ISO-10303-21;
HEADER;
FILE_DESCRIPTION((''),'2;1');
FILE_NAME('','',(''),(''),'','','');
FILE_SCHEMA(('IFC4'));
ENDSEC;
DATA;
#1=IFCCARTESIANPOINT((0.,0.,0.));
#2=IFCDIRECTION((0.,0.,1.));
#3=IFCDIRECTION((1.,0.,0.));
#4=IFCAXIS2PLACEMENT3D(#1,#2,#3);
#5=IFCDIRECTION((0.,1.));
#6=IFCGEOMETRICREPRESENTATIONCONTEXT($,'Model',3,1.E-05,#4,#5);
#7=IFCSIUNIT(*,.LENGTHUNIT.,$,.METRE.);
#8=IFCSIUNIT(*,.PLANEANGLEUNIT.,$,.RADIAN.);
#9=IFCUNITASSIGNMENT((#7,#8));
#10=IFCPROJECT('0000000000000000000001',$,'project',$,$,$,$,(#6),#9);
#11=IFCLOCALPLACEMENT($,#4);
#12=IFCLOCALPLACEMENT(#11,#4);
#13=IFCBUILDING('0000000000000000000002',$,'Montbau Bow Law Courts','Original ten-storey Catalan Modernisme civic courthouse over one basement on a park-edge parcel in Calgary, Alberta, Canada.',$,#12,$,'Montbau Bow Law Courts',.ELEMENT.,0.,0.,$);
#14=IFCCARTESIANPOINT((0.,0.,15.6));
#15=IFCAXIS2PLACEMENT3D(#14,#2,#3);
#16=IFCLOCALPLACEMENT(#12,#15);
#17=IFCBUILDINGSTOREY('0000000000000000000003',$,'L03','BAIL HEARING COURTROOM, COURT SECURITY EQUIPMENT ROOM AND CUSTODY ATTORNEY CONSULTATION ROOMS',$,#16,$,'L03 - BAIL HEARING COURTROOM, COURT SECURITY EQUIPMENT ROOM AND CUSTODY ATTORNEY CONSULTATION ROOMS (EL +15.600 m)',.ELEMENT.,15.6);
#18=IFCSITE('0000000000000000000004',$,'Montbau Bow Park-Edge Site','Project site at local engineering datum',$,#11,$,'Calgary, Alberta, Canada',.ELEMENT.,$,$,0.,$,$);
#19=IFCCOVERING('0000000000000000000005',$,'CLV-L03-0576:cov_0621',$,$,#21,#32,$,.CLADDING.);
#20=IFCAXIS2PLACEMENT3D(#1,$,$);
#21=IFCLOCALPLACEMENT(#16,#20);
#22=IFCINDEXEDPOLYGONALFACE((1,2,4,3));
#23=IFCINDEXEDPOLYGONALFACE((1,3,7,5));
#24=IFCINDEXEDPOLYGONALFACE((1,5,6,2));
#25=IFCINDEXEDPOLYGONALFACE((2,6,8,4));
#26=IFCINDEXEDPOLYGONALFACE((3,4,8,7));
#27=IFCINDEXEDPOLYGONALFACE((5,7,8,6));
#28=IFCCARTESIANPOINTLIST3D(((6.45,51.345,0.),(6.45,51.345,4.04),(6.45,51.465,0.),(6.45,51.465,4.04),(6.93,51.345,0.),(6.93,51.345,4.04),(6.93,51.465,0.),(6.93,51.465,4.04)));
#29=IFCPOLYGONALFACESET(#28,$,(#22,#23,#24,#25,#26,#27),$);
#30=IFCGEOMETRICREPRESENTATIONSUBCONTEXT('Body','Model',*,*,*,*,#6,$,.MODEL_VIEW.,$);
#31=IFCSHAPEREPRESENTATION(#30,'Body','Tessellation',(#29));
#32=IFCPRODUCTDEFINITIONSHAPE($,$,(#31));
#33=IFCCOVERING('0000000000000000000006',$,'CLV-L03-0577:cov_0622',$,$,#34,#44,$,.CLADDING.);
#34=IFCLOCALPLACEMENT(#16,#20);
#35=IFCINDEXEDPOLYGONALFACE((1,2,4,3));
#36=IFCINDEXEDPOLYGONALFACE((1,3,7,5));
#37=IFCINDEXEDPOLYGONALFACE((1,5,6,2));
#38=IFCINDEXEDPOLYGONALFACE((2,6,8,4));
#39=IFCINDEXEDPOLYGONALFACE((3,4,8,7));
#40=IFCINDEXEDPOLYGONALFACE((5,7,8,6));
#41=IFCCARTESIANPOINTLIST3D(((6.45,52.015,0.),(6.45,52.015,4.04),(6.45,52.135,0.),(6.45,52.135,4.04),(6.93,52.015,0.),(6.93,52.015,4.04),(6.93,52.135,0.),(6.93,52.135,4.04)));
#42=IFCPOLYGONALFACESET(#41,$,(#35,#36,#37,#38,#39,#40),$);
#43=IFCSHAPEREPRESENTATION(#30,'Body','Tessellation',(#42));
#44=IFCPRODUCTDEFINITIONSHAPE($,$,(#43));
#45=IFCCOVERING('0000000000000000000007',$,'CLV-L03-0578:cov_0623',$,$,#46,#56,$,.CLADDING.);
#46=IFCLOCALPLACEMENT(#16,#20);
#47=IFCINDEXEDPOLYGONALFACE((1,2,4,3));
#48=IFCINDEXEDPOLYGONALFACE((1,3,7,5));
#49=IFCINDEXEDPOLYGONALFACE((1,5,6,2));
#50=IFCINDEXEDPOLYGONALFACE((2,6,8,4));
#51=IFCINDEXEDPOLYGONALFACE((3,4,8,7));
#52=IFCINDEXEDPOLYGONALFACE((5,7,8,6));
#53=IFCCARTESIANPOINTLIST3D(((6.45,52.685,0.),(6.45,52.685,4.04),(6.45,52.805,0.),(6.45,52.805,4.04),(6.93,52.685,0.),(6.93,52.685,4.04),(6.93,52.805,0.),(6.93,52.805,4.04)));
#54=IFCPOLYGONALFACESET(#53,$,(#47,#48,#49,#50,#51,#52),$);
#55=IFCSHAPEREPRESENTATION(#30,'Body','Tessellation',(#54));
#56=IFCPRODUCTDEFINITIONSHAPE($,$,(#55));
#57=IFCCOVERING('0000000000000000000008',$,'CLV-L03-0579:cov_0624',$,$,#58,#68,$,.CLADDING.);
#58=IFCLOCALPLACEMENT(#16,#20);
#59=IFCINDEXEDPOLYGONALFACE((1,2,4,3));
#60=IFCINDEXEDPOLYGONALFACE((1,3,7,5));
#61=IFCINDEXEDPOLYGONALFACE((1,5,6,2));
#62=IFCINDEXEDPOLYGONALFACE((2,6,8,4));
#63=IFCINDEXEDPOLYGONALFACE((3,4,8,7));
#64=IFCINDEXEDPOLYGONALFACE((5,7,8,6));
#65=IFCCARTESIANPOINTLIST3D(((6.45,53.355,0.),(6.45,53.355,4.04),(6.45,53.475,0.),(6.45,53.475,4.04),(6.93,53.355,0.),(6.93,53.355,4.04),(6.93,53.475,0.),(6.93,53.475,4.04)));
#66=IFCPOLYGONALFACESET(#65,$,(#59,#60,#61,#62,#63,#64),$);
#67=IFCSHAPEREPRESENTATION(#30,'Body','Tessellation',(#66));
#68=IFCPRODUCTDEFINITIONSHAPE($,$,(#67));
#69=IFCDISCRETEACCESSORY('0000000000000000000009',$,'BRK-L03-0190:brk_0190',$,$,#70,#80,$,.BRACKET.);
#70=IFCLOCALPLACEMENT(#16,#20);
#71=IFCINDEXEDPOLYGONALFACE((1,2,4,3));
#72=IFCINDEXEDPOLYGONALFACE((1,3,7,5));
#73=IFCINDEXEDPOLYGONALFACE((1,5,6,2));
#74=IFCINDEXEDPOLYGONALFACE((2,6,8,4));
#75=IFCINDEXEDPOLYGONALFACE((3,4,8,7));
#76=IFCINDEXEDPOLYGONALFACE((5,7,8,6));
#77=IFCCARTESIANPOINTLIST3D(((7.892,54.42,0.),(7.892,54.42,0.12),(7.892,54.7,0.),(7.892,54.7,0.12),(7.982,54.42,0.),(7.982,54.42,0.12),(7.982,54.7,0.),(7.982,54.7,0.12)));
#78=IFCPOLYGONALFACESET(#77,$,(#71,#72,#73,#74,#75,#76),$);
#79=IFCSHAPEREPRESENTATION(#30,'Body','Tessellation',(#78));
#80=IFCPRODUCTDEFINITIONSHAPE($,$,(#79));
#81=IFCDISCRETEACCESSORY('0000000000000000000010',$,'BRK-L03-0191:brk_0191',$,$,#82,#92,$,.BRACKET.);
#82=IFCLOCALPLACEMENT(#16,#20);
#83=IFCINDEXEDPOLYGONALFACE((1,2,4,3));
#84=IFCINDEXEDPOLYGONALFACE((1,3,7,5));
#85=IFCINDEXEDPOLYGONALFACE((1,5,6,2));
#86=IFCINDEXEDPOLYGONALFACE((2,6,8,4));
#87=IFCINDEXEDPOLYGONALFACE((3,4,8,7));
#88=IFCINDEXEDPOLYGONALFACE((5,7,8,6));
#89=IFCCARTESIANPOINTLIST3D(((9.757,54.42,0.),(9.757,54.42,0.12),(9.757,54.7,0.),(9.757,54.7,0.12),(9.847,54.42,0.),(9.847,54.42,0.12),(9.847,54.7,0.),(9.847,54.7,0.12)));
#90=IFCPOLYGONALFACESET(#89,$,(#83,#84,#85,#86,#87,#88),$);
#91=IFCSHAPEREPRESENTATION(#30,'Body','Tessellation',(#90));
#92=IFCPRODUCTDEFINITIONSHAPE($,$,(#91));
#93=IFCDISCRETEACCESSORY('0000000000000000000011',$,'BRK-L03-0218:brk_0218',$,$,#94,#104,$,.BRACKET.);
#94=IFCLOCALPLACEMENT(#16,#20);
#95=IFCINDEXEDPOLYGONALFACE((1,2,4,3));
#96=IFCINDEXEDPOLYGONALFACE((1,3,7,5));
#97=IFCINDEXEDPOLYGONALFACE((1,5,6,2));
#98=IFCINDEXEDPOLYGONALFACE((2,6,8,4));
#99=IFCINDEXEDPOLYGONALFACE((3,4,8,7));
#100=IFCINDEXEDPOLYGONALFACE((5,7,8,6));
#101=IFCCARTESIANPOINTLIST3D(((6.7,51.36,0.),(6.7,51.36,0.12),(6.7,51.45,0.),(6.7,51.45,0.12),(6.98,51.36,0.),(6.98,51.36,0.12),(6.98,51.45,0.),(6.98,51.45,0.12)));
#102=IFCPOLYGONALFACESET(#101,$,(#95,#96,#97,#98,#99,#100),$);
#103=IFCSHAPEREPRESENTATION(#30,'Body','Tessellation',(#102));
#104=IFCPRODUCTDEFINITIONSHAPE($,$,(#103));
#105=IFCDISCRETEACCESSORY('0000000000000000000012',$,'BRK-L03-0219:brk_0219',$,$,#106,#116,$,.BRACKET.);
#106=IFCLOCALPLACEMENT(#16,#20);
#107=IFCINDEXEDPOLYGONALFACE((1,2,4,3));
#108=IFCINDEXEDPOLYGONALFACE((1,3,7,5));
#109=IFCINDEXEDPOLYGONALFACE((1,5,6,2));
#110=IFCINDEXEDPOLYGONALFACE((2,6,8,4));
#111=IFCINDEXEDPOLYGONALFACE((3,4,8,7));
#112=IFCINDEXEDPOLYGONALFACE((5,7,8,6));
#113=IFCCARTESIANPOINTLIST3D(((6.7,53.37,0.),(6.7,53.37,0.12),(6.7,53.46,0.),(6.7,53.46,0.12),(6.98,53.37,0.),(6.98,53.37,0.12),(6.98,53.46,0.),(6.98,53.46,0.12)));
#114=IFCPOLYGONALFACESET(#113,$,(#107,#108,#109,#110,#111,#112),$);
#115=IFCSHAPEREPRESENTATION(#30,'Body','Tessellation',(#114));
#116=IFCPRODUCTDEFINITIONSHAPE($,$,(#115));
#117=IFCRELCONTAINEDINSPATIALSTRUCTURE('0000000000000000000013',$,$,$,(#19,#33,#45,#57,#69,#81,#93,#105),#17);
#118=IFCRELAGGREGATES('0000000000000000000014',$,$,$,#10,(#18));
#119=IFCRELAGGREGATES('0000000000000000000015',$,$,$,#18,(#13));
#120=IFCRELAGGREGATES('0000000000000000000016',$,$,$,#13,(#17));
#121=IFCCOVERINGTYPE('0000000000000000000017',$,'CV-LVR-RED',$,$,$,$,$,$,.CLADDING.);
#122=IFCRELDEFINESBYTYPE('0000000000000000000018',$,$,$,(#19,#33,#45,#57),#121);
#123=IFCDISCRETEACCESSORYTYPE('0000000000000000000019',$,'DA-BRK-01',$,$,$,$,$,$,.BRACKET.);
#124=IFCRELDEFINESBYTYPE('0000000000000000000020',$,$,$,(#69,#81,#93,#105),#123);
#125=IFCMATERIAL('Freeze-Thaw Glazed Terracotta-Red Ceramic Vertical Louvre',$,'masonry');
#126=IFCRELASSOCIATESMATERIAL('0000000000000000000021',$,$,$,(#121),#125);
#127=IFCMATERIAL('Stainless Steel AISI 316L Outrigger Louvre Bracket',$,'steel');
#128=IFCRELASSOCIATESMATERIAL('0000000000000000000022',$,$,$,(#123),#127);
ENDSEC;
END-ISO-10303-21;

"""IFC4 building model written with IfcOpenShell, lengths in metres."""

from ifc_helpers import new_model, si_unit, direction, frame, frame_2d, origin_with_axes, origin_2d_with_axis, place, context, subcontext, project, spatial, rectangle, extrude, material, type_object, element, save


model = new_model("IFC4")

# Units and contexts
model_context = context("Model", 3, precision=1e-05, world=origin_with_axes(), true_north=direction((0.0, 1.0)))
body_context = subcontext(model_context, "Body", "Model", "MODEL_VIEW")
ifc_project = project(units=[si_unit("LENGTHUNIT", "METRE"), si_unit("PLANEANGLEUNIT", "RADIAN")], contexts=[model_context])

# Site, building, storey
site_placement = place(None, origin_with_axes())
site = spatial("IfcSite", under=ifc_project, at=site_placement, Name="Montbau Bow Park-Edge Site", Description="Project site at local engineering datum", LongName="Calgary, Alberta, Canada", CompositionType="ELEMENT", RefElevation=0.0)
building_placement = place(site_placement, origin_with_axes())
building = spatial("IfcBuilding", under=site, at=building_placement, Name="Montbau Bow Law Courts", Description="Original ten-storey Catalan Modernisme civic courthouse over one basement on a park-edge parcel in Calgary, Alberta, Canada.", LongName="Montbau Bow Law Courts", CompositionType="ELEMENT", ElevationOfRefHeight=0.0, ElevationOfTerrain=0.0)
storey_placement = place(building_placement, frame((0.0, 0.0, 15.6), z_axis=(0.0, 0.0, 1.0), x_axis=(1.0, 0.0, 0.0)))
storey = spatial("IfcBuildingStorey", under=building, at=storey_placement, Name="L03", Description="BAIL HEARING COURTROOM, COURT SECURITY EQUIPMENT ROOM AND CUSTODY ATTORNEY CONSULTATION ROOMS", LongName="L03 - BAIL HEARING COURTROOM, COURT SECURITY EQUIPMENT ROOM AND CUSTODY ATTORNEY CONSULTATION ROOMS (EL +15.600 m)", CompositionType="ELEMENT", Elevation=15.6)

# Coverings
ifc_material_1 = material(Name="Freeze-Thaw Glazed Terracotta-Red Ceramic Vertical Louvre", Category="masonry")
covering_type = type_object("IfcCoveringType", Name="CV-LVR-RED", PredefinedType="CLADDING", material=ifc_material_1)
for number, where, z_axis, x_axis, name in (
    (1, (6.93, 51.405, 15.6), (0.0, 1.0, 0.0), (-1.0, 0.0, 0.0), "CLV-L03-0576:cov_0621"),
    (2, (6.93, 52.075, 15.6), (0.0, 1.0, 0.0), (-1.0, 0.0, 0.0), "CLV-L03-0577:cov_0622"),
    (3, (6.93, 52.745, 15.6), (0.0, 1.0, 0.0), (-1.0, 0.0, 0.0), "CLV-L03-0578:cov_0623"),
    (4, (6.93, 53.415, 15.6), (0.0, 1.0, 0.0), (-1.0, 0.0, 0.0), "CLV-L03-0579:cov_0624"),
):
    element("IfcCovering", number, at=place(None, frame(where, z_axis=z_axis, x_axis=x_axis)), inside=storey, type_object=covering_type, Name=name, PredefinedType="CLADDING", context=body_context, shape_type="SweptSolid", body=[
        extrude(rectangle(XDim=0.48, YDim=4.04, at=frame_2d((0.24, 2.02), x_axis=(1.0, 0.0))), frame((0.0, 0.0, -0.06), z_axis=(0.0, 0.0, 1.0), x_axis=(1.0, 0.0, 0.0)), (0.0, 0.0, 1.0), 0.12),
    ])

# Discrete accessories
ifc_material_2 = material(Name="Stainless Steel AISI 316L Outrigger Louvre Bracket", Category="steel")
discrete_accessory_type = type_object("IfcDiscreteAccessoryType", Name="DA-BRK-01", PredefinedType="BRACKET", material=ifc_material_2)
for number, where, z_axis, x_axis, name in (
    (5, (7.937, 54.56, 15.6), (0.0, 0.0, 1.0), (0.0, 1.0, 0.0), "BRK-L03-0190:brk_0190"),
    (6, (9.802, 54.56, 15.6), (0.0, 0.0, 1.0), (0.0, 1.0, 0.0), "BRK-L03-0191:brk_0191"),
    (7, (6.84, 51.405, 15.6), (0.0, 0.0, 1.0), (-1.0, 0.0, 0.0), "BRK-L03-0218:brk_0218"),
    (8, (6.84, 53.415, 15.6), (0.0, 0.0, 1.0), (-1.0, 0.0, 0.0), "BRK-L03-0219:brk_0219"),
):
    element("IfcDiscreteAccessory", number, at=place(None, frame(where, z_axis=z_axis, x_axis=x_axis)), inside=storey, type_object=discrete_accessory_type, Name=name, PredefinedType="BRACKET", context=body_context, shape_type="SweptSolid", body=[
        extrude(rectangle(XDim=0.28, YDim=0.09, at=origin_2d_with_axis()), origin_with_axes(), (0.0, 0.0, 1.0), 0.12),
    ])

save(model, "model.ifc")
